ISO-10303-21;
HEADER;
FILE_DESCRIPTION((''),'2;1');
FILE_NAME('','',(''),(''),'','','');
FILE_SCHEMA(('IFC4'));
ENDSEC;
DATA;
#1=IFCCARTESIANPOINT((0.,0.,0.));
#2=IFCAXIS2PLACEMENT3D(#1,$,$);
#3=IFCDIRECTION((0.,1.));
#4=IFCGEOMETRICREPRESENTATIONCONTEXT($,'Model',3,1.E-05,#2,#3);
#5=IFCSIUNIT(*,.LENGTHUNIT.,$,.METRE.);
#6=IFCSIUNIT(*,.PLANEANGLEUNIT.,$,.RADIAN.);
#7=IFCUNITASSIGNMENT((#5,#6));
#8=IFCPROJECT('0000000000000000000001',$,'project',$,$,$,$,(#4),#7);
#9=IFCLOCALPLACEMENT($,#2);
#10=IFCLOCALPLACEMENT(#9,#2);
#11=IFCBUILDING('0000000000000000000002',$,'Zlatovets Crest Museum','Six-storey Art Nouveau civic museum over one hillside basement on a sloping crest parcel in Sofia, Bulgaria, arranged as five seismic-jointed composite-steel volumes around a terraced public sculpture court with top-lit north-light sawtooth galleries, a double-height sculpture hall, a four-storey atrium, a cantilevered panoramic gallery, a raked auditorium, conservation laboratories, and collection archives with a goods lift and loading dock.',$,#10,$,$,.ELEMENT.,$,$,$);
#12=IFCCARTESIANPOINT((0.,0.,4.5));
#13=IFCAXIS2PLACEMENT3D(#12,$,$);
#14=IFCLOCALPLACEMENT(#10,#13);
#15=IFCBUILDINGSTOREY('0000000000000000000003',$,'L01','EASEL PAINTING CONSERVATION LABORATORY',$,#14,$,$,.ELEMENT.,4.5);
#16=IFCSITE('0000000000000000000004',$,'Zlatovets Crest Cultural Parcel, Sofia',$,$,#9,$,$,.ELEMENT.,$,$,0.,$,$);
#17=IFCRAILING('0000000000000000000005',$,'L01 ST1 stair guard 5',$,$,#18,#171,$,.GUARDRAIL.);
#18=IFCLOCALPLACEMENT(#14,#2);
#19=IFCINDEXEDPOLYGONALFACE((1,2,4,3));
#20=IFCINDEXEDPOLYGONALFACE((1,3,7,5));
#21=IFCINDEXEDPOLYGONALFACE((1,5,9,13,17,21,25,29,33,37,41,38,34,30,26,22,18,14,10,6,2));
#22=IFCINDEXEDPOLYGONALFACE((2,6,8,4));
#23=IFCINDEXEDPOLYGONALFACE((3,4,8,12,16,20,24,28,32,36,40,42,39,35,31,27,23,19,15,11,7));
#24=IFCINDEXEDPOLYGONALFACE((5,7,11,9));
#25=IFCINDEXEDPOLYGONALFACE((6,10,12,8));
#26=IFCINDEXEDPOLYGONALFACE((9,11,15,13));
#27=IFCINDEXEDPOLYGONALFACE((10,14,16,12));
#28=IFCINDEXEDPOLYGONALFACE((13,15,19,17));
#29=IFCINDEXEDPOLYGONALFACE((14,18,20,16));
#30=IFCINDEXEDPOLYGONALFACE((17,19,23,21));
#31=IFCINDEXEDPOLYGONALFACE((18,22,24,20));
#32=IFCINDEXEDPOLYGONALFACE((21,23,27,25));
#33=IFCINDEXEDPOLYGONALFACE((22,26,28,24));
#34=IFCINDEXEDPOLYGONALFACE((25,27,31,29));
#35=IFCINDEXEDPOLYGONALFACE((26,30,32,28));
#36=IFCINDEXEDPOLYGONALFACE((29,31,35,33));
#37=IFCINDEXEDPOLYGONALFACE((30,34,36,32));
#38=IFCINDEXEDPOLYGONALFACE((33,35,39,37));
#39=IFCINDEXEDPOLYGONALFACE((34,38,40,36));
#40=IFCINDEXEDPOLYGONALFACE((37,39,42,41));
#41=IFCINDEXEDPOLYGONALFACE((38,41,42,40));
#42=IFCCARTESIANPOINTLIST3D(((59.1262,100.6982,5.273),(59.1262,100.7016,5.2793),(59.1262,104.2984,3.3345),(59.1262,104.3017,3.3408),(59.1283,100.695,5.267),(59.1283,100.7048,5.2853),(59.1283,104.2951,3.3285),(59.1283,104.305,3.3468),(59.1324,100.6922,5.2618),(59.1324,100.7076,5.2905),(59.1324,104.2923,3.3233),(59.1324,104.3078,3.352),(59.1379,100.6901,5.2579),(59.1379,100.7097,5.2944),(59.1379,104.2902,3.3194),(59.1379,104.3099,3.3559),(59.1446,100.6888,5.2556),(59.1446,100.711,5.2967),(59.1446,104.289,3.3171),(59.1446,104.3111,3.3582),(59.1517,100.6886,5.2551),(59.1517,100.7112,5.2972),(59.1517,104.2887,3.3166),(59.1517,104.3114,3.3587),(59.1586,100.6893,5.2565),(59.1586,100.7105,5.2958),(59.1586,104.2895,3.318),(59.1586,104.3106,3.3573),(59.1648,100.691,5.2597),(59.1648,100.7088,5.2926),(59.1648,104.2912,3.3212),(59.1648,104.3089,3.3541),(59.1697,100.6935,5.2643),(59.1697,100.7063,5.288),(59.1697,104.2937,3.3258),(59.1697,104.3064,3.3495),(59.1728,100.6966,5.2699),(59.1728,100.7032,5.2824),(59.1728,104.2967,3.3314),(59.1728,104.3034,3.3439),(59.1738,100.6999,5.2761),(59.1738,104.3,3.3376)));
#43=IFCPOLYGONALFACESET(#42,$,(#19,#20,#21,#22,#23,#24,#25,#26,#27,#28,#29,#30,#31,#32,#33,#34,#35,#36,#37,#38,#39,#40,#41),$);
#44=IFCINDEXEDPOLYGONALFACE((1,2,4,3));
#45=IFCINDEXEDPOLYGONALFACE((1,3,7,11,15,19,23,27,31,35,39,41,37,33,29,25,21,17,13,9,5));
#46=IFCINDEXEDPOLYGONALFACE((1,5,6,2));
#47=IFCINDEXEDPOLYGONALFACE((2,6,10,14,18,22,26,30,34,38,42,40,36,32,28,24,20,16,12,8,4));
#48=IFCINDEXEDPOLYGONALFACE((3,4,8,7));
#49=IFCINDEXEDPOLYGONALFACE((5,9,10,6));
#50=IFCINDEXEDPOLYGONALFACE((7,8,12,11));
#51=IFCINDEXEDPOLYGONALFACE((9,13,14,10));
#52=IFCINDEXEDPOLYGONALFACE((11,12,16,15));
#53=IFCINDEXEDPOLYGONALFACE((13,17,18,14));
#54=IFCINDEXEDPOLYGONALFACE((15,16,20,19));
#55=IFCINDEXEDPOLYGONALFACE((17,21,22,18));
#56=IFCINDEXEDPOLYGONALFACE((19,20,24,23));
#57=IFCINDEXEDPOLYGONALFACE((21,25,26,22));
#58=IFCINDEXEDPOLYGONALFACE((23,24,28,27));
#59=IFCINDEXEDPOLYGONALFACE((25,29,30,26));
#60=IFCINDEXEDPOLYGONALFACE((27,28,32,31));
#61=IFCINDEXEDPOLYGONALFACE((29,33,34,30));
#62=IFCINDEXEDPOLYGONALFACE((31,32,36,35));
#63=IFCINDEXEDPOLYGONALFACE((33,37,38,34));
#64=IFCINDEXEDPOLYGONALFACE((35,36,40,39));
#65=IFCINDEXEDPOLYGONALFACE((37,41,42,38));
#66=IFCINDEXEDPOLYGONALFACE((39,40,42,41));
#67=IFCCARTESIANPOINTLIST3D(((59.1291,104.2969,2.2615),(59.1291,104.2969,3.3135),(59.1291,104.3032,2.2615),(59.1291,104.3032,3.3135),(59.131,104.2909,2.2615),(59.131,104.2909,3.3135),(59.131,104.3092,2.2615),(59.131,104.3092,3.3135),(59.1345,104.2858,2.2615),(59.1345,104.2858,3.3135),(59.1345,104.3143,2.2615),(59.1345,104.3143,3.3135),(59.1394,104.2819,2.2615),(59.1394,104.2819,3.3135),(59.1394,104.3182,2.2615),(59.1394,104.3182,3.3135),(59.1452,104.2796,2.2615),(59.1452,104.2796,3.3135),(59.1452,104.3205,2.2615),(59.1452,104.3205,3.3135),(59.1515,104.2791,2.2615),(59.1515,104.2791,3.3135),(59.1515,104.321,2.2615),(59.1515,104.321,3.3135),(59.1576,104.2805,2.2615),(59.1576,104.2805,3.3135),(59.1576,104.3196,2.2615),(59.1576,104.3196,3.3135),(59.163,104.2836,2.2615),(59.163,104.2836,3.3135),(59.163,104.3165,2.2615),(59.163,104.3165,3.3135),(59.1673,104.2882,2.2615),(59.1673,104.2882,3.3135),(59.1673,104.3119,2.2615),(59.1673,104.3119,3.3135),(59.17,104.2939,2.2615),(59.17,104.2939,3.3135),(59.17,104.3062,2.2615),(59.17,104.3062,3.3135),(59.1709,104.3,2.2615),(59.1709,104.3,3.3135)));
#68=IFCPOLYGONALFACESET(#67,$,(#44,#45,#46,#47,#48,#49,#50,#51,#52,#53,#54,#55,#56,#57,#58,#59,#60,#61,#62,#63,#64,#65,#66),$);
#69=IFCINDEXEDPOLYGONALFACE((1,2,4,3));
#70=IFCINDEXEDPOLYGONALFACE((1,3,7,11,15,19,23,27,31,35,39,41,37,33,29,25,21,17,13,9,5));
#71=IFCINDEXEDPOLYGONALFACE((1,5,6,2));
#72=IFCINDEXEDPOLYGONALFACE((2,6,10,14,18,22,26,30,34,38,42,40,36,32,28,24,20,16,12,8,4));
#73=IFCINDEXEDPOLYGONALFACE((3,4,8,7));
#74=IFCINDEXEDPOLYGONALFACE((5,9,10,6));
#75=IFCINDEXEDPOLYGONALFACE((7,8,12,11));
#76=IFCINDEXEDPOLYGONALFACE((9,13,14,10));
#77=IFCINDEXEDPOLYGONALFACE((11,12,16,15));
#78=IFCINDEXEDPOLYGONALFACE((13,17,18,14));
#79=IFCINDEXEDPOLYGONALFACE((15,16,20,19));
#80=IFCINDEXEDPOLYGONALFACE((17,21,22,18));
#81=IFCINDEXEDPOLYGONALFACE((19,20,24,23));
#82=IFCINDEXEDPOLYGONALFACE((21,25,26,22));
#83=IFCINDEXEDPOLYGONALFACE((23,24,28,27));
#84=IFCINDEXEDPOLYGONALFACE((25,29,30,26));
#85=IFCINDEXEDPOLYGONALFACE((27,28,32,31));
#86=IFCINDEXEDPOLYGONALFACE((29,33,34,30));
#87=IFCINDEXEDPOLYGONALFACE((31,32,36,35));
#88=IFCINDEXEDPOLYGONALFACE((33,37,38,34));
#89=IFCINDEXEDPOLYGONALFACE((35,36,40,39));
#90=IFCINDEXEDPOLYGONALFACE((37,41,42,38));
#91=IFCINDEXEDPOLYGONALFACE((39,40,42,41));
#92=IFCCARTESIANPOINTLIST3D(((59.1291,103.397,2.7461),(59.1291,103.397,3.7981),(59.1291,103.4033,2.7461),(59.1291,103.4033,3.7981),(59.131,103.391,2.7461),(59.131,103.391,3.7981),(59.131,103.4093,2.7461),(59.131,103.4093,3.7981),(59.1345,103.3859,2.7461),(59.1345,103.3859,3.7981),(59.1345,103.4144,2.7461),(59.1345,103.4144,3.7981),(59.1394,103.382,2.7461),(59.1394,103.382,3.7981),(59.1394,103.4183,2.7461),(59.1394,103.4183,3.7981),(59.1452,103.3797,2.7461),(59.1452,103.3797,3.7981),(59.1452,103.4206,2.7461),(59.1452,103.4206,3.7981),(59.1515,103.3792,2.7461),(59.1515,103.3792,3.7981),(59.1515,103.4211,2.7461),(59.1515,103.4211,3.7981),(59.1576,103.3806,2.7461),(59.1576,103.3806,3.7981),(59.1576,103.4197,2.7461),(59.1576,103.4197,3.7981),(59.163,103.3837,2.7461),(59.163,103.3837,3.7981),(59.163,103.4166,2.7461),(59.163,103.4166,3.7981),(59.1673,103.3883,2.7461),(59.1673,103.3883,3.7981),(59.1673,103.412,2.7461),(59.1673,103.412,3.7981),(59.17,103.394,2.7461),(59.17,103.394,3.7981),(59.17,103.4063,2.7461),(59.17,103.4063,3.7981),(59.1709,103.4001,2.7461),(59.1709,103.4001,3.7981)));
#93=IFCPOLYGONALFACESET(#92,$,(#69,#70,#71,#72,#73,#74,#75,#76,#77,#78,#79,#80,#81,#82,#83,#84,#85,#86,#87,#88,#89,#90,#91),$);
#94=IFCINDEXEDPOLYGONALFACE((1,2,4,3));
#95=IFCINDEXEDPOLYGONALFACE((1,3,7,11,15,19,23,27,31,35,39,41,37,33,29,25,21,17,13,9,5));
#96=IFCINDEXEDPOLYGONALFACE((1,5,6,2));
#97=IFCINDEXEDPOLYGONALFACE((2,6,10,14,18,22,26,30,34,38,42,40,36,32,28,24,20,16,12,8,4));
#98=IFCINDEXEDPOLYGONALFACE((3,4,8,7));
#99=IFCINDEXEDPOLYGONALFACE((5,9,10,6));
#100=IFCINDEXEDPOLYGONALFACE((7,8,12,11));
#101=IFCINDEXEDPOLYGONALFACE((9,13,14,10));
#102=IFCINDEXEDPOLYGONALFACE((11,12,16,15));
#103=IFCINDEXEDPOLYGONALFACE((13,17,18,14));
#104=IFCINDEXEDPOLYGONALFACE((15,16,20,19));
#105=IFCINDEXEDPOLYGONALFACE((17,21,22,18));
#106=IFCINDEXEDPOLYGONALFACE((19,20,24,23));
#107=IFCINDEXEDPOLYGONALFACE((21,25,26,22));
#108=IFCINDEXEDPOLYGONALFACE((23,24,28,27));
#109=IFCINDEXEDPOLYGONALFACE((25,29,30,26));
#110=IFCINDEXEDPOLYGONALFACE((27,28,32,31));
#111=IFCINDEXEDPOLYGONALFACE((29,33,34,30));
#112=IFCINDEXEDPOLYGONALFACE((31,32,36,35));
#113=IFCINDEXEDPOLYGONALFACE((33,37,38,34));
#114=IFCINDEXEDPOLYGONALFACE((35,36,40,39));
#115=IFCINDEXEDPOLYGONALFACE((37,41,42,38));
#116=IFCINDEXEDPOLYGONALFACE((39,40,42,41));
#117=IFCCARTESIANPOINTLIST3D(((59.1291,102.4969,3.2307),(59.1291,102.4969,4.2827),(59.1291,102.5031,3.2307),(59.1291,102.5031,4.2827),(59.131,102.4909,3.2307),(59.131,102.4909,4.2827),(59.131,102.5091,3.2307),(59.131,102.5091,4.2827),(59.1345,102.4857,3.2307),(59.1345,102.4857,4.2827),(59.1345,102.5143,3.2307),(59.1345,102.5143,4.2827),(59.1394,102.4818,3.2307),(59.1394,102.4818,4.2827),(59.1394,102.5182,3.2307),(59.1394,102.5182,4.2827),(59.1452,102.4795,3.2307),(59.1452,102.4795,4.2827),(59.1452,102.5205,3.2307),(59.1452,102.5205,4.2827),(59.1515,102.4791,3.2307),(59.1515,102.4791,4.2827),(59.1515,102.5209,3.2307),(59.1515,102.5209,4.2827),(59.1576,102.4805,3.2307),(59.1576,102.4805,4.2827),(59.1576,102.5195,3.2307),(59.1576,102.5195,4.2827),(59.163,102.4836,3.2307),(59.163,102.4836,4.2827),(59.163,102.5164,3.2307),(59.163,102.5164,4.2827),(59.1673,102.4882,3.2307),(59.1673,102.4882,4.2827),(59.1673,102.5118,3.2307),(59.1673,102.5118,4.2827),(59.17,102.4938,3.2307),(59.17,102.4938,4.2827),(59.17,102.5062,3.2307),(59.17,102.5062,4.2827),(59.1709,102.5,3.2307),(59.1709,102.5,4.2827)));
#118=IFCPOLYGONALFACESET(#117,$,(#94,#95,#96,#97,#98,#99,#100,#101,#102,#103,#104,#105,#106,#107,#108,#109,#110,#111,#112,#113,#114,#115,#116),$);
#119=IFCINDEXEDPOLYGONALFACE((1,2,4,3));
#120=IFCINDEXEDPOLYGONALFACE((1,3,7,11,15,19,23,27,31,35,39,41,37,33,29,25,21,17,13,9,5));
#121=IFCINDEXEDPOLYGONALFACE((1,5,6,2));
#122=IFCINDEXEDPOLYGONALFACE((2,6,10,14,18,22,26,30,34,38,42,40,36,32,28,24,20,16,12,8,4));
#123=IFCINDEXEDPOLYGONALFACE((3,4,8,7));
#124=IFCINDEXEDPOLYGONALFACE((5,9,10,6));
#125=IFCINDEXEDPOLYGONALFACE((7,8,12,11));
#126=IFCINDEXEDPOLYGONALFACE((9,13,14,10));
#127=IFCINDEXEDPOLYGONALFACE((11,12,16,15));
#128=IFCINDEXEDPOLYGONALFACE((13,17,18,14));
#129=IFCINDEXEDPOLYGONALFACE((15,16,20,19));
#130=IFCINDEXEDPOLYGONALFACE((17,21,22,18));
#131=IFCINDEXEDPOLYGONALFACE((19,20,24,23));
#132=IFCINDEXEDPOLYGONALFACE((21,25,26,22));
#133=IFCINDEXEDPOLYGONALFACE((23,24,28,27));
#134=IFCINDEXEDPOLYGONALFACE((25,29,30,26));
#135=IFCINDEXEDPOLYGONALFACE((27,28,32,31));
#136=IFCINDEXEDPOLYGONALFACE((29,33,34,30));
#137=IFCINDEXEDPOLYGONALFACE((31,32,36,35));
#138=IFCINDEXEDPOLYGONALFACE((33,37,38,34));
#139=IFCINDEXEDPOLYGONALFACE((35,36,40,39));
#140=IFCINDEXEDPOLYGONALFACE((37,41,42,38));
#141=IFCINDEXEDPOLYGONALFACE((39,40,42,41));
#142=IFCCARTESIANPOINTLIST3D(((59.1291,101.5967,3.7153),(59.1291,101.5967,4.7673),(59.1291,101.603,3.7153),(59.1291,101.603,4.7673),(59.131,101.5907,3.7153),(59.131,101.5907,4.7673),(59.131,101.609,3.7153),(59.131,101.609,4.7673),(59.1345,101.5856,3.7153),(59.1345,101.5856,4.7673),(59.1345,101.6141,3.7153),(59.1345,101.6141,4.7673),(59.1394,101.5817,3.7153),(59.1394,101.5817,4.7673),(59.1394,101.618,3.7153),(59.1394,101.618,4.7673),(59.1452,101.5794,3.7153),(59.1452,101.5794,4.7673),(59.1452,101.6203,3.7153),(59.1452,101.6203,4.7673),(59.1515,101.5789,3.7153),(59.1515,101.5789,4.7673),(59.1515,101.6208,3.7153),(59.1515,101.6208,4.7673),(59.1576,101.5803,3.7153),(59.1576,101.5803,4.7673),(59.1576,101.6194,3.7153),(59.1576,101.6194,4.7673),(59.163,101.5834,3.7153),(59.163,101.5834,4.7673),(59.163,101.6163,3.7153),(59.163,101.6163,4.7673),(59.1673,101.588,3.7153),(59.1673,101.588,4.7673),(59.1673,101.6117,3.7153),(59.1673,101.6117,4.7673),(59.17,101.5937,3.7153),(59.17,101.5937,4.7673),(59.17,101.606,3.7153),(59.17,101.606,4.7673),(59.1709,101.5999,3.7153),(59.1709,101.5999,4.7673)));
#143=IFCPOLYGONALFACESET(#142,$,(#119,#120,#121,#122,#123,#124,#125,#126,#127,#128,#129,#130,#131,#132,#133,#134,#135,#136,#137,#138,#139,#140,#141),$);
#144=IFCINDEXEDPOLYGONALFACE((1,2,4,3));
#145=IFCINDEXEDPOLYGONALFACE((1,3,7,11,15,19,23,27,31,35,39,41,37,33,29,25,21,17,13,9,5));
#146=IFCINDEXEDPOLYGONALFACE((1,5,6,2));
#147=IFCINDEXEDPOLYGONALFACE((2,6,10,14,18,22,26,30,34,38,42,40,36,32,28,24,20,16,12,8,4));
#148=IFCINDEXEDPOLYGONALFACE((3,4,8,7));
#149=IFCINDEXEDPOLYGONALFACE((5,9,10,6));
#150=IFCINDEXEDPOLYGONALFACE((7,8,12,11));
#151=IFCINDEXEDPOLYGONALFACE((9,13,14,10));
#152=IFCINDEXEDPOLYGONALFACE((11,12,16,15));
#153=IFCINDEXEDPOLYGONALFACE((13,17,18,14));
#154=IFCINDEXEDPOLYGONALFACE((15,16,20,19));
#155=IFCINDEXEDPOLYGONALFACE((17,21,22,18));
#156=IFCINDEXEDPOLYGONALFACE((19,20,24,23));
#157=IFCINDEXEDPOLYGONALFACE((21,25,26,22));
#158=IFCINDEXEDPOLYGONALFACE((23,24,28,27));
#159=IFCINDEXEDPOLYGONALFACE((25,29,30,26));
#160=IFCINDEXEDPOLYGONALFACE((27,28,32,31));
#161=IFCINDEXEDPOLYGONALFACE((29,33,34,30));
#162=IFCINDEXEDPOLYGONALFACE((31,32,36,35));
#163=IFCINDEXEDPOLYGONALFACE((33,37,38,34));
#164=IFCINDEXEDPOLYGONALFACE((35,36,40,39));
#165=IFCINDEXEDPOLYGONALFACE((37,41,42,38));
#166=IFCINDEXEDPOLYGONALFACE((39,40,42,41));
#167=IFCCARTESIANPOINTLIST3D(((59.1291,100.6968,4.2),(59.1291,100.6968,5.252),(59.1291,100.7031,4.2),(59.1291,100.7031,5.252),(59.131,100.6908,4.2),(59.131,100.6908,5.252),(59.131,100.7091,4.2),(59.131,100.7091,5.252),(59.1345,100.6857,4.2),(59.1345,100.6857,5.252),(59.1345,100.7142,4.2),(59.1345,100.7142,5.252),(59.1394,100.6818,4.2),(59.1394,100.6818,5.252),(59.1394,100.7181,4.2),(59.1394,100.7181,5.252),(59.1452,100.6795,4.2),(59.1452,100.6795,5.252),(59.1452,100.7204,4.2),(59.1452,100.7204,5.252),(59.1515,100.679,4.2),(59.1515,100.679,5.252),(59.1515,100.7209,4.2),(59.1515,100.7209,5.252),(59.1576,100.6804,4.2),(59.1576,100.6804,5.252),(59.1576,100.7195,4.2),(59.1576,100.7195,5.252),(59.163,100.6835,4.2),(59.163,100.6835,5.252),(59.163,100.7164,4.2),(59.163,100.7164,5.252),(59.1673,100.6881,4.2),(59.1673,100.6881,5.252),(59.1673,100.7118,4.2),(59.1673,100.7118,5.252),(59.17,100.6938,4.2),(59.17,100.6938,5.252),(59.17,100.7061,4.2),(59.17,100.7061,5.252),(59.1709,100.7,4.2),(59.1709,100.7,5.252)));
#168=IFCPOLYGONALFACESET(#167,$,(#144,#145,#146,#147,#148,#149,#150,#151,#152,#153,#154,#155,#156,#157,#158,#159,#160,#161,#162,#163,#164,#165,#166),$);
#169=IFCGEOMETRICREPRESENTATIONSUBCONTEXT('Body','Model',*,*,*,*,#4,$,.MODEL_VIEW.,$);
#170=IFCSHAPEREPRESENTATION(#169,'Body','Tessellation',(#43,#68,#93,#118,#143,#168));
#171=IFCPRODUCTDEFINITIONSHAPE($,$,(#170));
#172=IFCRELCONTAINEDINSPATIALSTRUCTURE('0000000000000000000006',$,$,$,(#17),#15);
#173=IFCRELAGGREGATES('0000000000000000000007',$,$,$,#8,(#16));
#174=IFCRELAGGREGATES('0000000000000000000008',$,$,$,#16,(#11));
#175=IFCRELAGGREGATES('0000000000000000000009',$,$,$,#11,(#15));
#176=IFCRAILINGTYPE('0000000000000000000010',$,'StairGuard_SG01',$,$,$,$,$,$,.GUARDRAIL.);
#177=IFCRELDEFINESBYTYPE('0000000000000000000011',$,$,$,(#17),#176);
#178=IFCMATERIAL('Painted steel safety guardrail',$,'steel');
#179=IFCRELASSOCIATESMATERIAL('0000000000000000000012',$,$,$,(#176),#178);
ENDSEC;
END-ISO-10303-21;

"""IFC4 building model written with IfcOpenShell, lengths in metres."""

from ifc_helpers import new_model, si_unit, direction, frame, origin, origin_2d, place, context, subcontext, project, spatial, circle, extrude, material, type_object, element, save


model = new_model("IFC4")

# Units and contexts
model_context = context("Model", 3, precision=1e-05, world=origin(), true_north=direction((0.0, 1.0)))
body_context = subcontext(model_context, "Body", "Model", "MODEL_VIEW")
ifc_project = project(units=[si_unit("LENGTHUNIT", "METRE"), si_unit("PLANEANGLEUNIT", "RADIAN")], contexts=[model_context])

# Site, building, storey
site_placement = place(None, origin())
site = spatial("IfcSite", under=ifc_project, at=site_placement, Name="Zlatovets Crest Cultural Parcel, Sofia", CompositionType="ELEMENT", RefElevation=0.0)
building_placement = place(site_placement, origin())
building = spatial("IfcBuilding", under=site, at=building_placement, Name="Zlatovets Crest Museum", Description="Six-storey Art Nouveau civic museum over one hillside basement on a sloping crest parcel in Sofia, Bulgaria, arranged as five seismic-jointed composite-steel volumes around a terraced public sculpture court with top-lit north-light sawtooth galleries, a double-height sculpture hall, a four-storey atrium, a cantilevered panoramic gallery, a raked auditorium, conservation laboratories, and collection archives with a goods lift and loading dock.", CompositionType="ELEMENT")
storey_placement = place(building_placement, frame((0.0, 0.0, 4.5)))
storey = spatial("IfcBuildingStorey", under=building, at=storey_placement, Name="L01", Description="EASEL PAINTING CONSERVATION LABORATORY", CompositionType="ELEMENT", Elevation=4.5)

# Railing
ifc_material_1 = material(Name="Painted steel safety guardrail", Category="steel")
railing_type_1 = type_object("IfcRailingType", Name="StairGuard_SG01", PredefinedType="GUARDRAIL", material=ifc_material_1)
railing_1_placement = place(storey_placement, frame((59.1499, 104.3, 2.2615)))
element("IfcRailing", 1, at=railing_1_placement, inside=storey, type_object=railing_type_1, Name="L01 ST1 stair guard 5", PredefinedType="GUARDRAIL", context=body_context, shape_type="SweptSolid", body=[
    extrude(circle(Radius=0.0239, at=origin_2d()), frame((0.0, 0.0, 1.0762), z_axis=(0.0, -0.880475, 0.474093), x_axis=(1.0, 0.0, 0.0)), (0.0, 0.0, 1.0), 4.0889),
    extrude(circle(Radius=0.021, at=origin_2d()), origin(), (0.0, 0.0, 1.0), 1.052),
    extrude(circle(Radius=0.021, at=origin_2d()), frame((0.0, -0.8999, 0.4846)), (0.0, 0.0, 1.0), 1.052),
    extrude(circle(Radius=0.021, at=origin_2d()), frame((0.0, -1.8, 0.9692)), (0.0, 0.0, 1.0), 1.052),
    extrude(circle(Radius=0.021, at=origin_2d()), frame((0.0, -2.7002, 1.4539)), (0.0, 0.0, 1.0), 1.052),
    extrude(circle(Radius=0.021, at=origin_2d()), frame((0.0, -3.6001, 1.9385)), (0.0, 0.0, 1.0), 1.052),
])

save(model, "model.ifc")
